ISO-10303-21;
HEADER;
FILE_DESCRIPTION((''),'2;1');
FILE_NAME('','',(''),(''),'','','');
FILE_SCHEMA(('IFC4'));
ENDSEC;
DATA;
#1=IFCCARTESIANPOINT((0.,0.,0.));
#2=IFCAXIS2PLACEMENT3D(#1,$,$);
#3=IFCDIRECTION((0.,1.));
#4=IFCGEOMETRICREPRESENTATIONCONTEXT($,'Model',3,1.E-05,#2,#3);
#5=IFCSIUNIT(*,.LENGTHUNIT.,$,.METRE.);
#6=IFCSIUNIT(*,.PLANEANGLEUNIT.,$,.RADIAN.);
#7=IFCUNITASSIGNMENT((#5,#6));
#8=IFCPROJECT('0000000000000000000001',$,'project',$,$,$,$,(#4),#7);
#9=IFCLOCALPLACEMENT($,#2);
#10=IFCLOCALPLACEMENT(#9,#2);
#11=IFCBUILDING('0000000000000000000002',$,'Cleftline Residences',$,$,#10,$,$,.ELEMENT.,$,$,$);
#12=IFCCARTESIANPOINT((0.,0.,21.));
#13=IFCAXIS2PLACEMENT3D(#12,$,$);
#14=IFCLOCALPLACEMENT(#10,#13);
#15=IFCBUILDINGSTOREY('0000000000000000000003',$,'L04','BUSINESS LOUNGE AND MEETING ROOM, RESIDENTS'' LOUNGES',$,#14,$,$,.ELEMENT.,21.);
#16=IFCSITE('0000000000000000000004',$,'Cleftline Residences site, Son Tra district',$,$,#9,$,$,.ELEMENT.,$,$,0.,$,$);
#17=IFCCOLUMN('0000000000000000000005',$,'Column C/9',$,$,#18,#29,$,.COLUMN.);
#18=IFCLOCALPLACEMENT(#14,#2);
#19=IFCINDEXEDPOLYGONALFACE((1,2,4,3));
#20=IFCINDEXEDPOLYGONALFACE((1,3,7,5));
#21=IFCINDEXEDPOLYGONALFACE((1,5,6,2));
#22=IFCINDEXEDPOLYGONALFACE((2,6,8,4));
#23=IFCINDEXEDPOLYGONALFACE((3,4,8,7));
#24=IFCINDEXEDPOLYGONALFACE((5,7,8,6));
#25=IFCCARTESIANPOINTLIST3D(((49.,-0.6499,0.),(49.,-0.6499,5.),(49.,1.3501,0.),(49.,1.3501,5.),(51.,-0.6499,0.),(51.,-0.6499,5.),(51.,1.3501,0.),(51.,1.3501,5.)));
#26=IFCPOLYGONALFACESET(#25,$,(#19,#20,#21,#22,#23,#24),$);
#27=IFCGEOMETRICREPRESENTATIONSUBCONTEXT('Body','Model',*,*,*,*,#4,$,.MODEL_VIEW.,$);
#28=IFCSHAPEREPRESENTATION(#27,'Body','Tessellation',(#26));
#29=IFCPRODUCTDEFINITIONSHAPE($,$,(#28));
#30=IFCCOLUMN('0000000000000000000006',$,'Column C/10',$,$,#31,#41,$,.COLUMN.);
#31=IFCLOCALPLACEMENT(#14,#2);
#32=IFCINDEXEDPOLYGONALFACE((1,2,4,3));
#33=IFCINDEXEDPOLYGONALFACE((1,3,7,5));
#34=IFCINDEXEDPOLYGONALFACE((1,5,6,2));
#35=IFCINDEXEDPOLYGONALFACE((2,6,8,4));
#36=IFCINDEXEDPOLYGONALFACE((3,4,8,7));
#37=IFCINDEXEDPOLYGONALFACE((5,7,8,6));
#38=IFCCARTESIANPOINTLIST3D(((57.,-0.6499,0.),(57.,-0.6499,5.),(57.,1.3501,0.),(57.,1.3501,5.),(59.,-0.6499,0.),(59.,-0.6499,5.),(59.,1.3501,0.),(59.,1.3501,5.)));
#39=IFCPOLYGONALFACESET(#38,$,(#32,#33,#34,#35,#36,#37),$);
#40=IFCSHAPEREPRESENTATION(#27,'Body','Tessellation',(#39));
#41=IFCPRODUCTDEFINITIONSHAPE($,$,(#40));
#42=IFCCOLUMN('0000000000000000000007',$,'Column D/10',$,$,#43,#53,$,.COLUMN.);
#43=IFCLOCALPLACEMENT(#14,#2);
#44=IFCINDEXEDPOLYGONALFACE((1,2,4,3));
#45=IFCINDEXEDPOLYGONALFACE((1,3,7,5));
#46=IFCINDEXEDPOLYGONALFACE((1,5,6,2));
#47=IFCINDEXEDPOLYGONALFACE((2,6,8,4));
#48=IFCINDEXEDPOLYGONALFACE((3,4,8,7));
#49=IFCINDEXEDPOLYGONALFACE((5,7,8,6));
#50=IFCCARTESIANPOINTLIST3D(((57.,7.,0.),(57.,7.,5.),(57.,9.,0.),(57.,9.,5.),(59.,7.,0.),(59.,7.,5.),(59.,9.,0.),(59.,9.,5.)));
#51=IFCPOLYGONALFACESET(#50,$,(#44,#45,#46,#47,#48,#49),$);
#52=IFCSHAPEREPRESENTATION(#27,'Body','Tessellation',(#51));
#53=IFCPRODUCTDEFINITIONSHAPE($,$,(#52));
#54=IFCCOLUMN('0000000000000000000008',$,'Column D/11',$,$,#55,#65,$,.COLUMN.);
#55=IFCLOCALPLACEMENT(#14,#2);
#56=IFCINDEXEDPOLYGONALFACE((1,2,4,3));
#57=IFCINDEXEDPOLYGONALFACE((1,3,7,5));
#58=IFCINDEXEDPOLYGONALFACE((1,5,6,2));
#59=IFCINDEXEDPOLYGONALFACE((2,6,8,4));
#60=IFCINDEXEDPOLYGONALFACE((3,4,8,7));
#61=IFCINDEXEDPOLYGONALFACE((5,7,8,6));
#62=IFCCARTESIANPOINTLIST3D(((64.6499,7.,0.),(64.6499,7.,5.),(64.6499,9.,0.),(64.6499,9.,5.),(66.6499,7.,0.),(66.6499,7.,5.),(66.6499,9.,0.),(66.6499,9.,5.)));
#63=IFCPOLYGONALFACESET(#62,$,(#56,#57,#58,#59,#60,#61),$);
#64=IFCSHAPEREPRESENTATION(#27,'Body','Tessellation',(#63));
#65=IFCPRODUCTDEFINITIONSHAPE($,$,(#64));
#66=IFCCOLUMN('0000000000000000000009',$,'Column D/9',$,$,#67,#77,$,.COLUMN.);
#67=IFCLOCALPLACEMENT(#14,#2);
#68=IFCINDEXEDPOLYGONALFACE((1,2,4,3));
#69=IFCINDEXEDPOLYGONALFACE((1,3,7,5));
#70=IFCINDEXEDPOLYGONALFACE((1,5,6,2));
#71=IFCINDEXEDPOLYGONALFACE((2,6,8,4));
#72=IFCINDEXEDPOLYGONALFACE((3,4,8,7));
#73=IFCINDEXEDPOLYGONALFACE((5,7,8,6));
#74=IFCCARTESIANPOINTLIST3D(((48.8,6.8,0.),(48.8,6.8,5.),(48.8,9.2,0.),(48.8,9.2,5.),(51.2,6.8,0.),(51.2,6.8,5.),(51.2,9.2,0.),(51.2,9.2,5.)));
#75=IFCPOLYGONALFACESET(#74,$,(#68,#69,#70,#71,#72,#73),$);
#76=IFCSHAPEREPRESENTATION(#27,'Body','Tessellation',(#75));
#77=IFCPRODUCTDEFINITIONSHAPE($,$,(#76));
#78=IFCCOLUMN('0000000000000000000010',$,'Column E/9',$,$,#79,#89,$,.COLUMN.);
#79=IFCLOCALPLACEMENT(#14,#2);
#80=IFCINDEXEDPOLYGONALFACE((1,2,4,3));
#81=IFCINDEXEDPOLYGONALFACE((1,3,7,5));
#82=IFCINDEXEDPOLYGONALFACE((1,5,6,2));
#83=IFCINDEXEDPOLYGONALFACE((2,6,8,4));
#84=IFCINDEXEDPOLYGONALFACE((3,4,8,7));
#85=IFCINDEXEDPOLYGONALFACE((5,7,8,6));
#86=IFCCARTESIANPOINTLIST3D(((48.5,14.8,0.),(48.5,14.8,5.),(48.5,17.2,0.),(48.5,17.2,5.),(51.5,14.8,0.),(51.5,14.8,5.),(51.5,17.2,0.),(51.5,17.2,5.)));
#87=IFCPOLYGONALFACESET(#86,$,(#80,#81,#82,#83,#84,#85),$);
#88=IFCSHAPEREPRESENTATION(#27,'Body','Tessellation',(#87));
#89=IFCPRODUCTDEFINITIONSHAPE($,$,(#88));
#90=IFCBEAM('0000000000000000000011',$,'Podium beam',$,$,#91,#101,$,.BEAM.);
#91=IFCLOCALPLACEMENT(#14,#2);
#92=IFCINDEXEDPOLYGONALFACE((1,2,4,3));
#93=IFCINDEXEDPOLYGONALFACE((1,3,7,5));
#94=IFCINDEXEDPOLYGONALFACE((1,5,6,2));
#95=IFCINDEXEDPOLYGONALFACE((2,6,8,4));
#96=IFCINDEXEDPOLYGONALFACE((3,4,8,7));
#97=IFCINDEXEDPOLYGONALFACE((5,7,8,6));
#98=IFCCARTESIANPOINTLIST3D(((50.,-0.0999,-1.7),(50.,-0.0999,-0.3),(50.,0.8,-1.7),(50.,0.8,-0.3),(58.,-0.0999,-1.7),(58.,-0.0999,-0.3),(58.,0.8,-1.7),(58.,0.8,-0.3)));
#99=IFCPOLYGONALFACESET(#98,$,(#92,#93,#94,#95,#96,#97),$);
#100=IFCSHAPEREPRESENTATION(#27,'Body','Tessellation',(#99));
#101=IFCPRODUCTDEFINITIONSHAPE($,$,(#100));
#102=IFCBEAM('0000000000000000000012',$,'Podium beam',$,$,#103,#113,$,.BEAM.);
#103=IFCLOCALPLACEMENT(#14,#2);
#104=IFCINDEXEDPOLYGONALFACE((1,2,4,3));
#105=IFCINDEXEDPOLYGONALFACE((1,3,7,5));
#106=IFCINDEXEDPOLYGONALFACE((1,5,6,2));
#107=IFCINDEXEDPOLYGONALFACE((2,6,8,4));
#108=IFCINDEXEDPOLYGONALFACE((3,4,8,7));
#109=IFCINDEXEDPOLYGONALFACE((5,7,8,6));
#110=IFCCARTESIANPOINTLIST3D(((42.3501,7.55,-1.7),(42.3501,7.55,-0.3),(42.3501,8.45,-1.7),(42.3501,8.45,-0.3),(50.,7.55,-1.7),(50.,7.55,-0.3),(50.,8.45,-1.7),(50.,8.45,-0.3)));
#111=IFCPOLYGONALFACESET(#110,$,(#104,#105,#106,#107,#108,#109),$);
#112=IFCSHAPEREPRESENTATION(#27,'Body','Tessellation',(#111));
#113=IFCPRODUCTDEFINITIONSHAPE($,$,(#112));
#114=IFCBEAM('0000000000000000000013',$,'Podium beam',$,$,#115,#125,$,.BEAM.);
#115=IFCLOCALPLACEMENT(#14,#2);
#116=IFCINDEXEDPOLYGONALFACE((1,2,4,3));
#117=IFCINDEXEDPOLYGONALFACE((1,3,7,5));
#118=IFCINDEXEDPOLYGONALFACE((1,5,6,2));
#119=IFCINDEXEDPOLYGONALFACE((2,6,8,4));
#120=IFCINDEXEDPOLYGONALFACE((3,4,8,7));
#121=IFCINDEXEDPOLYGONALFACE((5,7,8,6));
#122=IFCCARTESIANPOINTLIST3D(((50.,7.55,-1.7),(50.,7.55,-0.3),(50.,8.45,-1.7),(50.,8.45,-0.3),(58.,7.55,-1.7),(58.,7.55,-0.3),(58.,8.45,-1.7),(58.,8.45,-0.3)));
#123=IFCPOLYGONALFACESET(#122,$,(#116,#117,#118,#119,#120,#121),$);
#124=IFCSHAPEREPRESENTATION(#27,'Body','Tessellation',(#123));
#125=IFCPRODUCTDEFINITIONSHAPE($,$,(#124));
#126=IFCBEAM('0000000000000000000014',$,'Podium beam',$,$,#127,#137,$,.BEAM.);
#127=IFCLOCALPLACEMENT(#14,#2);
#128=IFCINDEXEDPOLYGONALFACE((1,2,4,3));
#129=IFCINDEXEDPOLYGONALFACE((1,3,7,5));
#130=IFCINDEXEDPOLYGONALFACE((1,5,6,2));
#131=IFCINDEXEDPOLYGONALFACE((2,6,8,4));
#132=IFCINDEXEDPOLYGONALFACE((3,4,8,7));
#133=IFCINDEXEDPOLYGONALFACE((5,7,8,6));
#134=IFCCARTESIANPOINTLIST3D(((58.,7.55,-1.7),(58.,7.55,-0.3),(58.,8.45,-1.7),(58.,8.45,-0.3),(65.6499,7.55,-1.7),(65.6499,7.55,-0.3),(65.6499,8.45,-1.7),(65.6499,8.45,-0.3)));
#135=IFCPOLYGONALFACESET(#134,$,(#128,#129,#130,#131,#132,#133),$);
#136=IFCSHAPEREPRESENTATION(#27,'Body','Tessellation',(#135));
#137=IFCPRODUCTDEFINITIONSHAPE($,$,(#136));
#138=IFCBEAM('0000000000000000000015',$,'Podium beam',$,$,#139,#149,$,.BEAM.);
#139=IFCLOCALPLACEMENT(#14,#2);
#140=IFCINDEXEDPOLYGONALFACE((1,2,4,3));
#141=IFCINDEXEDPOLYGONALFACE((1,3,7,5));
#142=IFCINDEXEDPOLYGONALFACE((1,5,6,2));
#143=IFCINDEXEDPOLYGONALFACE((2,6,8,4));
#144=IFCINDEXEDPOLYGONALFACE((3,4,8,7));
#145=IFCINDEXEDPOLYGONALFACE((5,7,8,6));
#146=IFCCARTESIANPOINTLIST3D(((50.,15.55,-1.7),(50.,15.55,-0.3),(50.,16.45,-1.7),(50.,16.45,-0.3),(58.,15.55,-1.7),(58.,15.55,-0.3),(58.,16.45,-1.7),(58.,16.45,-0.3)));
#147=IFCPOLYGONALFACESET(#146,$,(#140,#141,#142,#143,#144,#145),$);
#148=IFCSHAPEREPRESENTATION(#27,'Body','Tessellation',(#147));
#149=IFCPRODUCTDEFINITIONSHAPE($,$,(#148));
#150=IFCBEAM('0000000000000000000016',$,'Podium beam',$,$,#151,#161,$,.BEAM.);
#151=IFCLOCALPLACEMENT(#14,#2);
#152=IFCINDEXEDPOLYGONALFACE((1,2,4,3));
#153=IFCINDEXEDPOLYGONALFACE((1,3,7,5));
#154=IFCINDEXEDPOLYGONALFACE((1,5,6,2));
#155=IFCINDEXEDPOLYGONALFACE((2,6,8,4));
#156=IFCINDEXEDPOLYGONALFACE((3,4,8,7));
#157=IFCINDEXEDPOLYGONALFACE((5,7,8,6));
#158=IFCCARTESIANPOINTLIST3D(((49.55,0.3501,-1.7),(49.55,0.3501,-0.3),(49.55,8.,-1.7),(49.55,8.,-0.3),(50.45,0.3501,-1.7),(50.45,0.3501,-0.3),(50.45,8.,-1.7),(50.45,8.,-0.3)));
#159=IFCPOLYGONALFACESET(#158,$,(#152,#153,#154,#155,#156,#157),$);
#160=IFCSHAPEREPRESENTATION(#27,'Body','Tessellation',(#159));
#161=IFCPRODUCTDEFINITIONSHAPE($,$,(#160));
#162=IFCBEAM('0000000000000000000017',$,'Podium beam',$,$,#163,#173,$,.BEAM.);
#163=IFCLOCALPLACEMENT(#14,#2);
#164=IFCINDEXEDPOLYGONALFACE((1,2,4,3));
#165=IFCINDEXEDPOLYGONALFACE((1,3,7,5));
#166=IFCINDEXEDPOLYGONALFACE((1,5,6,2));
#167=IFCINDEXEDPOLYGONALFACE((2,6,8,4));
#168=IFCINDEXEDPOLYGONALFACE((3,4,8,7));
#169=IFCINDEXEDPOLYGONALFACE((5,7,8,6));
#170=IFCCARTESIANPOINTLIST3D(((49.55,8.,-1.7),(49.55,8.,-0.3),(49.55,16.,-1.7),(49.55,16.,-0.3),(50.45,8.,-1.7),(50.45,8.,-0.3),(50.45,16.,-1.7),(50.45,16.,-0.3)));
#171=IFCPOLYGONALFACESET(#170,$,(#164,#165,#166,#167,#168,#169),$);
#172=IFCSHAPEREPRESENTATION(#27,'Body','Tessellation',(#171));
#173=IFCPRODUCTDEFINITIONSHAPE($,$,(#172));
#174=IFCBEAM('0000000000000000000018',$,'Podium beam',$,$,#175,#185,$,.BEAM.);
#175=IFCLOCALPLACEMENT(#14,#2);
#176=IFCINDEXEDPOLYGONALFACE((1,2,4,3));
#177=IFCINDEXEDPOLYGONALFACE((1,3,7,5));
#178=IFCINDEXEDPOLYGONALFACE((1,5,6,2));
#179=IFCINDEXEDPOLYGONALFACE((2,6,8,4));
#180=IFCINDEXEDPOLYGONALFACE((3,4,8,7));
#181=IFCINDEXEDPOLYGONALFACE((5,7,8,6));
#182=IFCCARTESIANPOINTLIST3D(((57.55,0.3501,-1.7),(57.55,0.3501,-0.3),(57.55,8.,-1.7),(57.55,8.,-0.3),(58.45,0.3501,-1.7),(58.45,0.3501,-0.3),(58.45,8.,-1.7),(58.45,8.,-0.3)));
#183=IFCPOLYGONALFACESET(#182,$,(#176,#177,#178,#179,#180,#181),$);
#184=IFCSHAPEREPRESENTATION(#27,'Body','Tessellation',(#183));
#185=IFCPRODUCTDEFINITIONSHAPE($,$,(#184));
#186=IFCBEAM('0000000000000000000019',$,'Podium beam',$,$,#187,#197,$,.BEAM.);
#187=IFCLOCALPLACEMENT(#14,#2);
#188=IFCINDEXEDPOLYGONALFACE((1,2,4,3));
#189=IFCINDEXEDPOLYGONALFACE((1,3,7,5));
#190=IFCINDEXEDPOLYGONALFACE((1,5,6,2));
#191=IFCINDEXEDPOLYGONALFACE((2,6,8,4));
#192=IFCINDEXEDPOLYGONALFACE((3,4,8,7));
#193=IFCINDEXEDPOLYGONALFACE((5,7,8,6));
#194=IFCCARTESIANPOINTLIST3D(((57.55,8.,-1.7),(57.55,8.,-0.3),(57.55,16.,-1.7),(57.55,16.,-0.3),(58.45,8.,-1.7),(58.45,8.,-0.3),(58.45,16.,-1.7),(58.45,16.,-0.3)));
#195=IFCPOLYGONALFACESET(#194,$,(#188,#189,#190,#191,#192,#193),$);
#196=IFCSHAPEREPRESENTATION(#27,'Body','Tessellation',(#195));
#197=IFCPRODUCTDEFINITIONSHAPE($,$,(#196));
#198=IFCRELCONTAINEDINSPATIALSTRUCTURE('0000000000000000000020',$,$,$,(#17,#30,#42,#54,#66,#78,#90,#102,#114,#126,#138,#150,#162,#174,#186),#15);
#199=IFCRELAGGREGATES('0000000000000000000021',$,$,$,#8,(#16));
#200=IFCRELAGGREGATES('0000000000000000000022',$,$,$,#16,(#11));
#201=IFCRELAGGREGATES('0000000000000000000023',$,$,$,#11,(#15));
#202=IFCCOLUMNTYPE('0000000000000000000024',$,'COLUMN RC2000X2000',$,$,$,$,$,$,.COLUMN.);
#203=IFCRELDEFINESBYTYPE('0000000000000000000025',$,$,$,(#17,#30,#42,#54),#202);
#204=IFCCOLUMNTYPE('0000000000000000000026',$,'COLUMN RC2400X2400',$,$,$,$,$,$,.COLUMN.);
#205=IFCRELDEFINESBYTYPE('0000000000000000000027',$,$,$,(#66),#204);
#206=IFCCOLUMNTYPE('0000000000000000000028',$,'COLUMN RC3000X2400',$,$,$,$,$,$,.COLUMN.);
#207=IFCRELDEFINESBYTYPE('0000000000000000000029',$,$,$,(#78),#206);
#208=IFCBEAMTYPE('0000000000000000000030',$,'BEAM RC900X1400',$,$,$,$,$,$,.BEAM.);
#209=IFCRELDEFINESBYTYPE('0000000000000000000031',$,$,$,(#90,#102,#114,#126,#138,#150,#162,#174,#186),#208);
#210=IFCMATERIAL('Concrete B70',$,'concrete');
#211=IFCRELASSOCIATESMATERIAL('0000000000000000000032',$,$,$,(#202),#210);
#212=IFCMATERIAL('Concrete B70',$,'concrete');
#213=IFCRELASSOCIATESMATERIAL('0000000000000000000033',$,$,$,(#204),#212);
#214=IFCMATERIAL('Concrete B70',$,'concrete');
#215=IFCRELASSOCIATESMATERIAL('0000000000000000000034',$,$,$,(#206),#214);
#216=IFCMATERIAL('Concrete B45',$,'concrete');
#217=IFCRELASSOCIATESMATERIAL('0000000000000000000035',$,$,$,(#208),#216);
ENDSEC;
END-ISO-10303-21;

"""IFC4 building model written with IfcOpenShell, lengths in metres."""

from ifc_helpers import new_model, si_unit, direction, frame, origin, origin_2d, place, context, subcontext, project, spatial, rectangle, extrude, material, material_profile, profile_set, type_object, element, save


model = new_model("IFC4")

# Units and contexts
model_context = context("Model", 3, precision=1e-05, world=origin(), true_north=direction((0.0, 1.0)))
body_context = subcontext(model_context, "Body", "Model", "MODEL_VIEW")
ifc_project = project(units=[si_unit("LENGTHUNIT", "METRE"), si_unit("PLANEANGLEUNIT", "RADIAN")], contexts=[model_context])

# Site, building, storey
site_placement = place(None, origin())
site = spatial("IfcSite", under=ifc_project, at=site_placement, Name="Cleftline Residences site, Son Tra district", CompositionType="ELEMENT", RefElevation=0.0)
building_placement = place(site_placement, origin())
building = spatial("IfcBuilding", under=site, at=building_placement, Name="Cleftline Residences", CompositionType="ELEMENT")
storey_placement = place(building_placement, frame((0.0, 0.0, 21.0)))
storey = spatial("IfcBuildingStorey", under=building, at=storey_placement, Name="L04", Description="BUSINESS LOUNGE AND MEETING ROOM, RESIDENTS' LOUNGES", CompositionType="ELEMENT", Elevation=21.0)

# Columns
ifc_material_1 = material(Name="Concrete B70", Category="concrete")
ifc_material_profile_1 = material_profile(ifc_material_1, rectangle(XDim=2.0, YDim=2.0, at=origin_2d()))
ifc_profile_set_1 = profile_set([ifc_material_profile_1], Name="Concrete B70")
column_type_1 = type_object("IfcColumnType", Name="COLUMN RC2000X2000", PredefinedType="COLUMN", material=ifc_profile_set_1)
for number, where, z_axis, x_axis, name in (
    (1, (50.0, 0.3501, 0.0), (0.0, 0.0, 1.0), (1.0, 0.0, 0.0), "Column C/9"),
    (2, (58.0, 0.3501, 0.0), (0.0, 0.0, 1.0), (1.0, 0.0, 0.0), "Column C/10"),
    (3, (58.0, 8.0, 0.0), (0.0, 0.0, 1.0), (1.0, 0.0, 0.0), "Column D/10"),
    (4, (65.6499, 8.0, 0.0), (0.0, 0.0, 1.0), (1.0, 0.0, 0.0), "Column D/11"),
):
    element("IfcColumn", number, at=place(storey_placement, frame(where, z_axis=z_axis, x_axis=x_axis)), inside=storey, type_object=column_type_1, Name=name, PredefinedType="COLUMN", context=body_context, shape_type="SweptSolid", body=[
        extrude(rectangle(XDim=2.0, YDim=2.0, at=origin_2d()), origin(), (0.0, 0.0, 1.0), 5.0),
    ])
ifc_material_2 = material(Name="Concrete B70", Category="concrete")
ifc_material_profile_2 = material_profile(ifc_material_2, rectangle(XDim=2.3999, YDim=2.3999, at=origin_2d()))
ifc_profile_set_2 = profile_set([ifc_material_profile_2], Name="Concrete B70")
column_type_2 = type_object("IfcColumnType", Name="COLUMN RC2400X2400", PredefinedType="COLUMN", material=ifc_profile_set_2)
column_1_placement = place(storey_placement, frame((50.0, 8.0, 0.0), z_axis=(0.0, 0.0, 1.0), x_axis=(1.0, 0.0, 0.0)))
element("IfcColumn", 5, at=column_1_placement, inside=storey, type_object=column_type_2, Name="Column D/9", PredefinedType="COLUMN", context=body_context, shape_type="SweptSolid", body=[
    extrude(rectangle(XDim=2.3999, YDim=2.3999, at=origin_2d()), origin(), (0.0, 0.0, 1.0), 5.0),
])
ifc_material_3 = material(Name="Concrete B70", Category="concrete")
ifc_material_profile_3 = material_profile(ifc_material_3, rectangle(XDim=3.0, YDim=2.3999, at=origin_2d()))
ifc_profile_set_3 = profile_set([ifc_material_profile_3], Name="Concrete B70")
column_type_3 = type_object("IfcColumnType", Name="COLUMN RC3000X2400", PredefinedType="COLUMN", material=ifc_profile_set_3)
column_2_placement = place(storey_placement, frame((50.0, 16.0, 0.0), z_axis=(0.0, 0.0, 1.0), x_axis=(1.0, 0.0, 0.0)))
element("IfcColumn", 6, at=column_2_placement, inside=storey, type_object=column_type_3, Name="Column E/9", PredefinedType="COLUMN", context=body_context, shape_type="SweptSolid", body=[
    extrude(rectangle(XDim=3.0, YDim=2.3999, at=origin_2d()), origin(), (0.0, 0.0, 1.0), 5.0),
])

# Beams
ifc_material_4 = material(Name="Concrete B45", Category="concrete")
ifc_material_profile_4 = material_profile(ifc_material_4, rectangle(XDim=0.8999, YDim=1.3999, at=origin_2d()))
ifc_profile_set_4 = profile_set([ifc_material_profile_4], Name="Concrete B45")
beam_type = type_object("IfcBeamType", Name="BEAM RC900X1400", PredefinedType="BEAM", material=ifc_profile_set_4)
beam_1_placement = place(storey_placement, frame((50.0, 0.3501, -1.0), z_axis=(1.0, 0.0, 0.0), x_axis=(0.0, 1.0, 0.0)))
element("IfcBeam", 7, at=beam_1_placement, inside=storey, type_object=beam_type, Name="Podium beam", PredefinedType="BEAM", context=body_context, shape_type="SweptSolid", body=[
    extrude(rectangle(XDim=0.8999, YDim=1.3999, at=origin_2d()), origin(), (0.0, 0.0, 1.0), 8.0),
])
beam_2_placement = place(storey_placement, frame((42.3501, 8.0, -1.0), z_axis=(1.0, 0.0, 0.0), x_axis=(0.0, 1.0, 0.0)))
element("IfcBeam", 8, at=beam_2_placement, inside=storey, type_object=beam_type, Name="Podium beam", PredefinedType="BEAM", context=body_context, shape_type="SweptSolid", body=[
    extrude(rectangle(XDim=0.8999, YDim=1.3999, at=origin_2d()), origin(), (0.0, 0.0, 1.0), 7.6499),
])
beam_3_placement = place(storey_placement, frame((50.0, 8.0, -1.0), z_axis=(1.0, 0.0, 0.0), x_axis=(0.0, 1.0, 0.0)))
element("IfcBeam", 9, at=beam_3_placement, inside=storey, type_object=beam_type, Name="Podium beam", PredefinedType="BEAM", context=body_context, shape_type="SweptSolid", body=[
    extrude(rectangle(XDim=0.8999, YDim=1.3999, at=origin_2d()), origin(), (0.0, 0.0, 1.0), 8.0),
])
beam_4_placement = place(storey_placement, frame((58.0, 8.0, -1.0), z_axis=(1.0, 0.0, 0.0), x_axis=(0.0, 1.0, 0.0)))
element("IfcBeam", 10, at=beam_4_placement, inside=storey, type_object=beam_type, Name="Podium beam", PredefinedType="BEAM", context=body_context, shape_type="SweptSolid", body=[
    extrude(rectangle(XDim=0.8999, YDim=1.3999, at=origin_2d()), origin(), (0.0, 0.0, 1.0), 7.6499),
])
beam_5_placement = place(storey_placement, frame((50.0, 16.0, -1.0), z_axis=(1.0, 0.0, 0.0), x_axis=(0.0, 1.0, 0.0)))
element("IfcBeam", 11, at=beam_5_placement, inside=storey, type_object=beam_type, Name="Podium beam", PredefinedType="BEAM", context=body_context, shape_type="SweptSolid", body=[
    extrude(rectangle(XDim=0.8999, YDim=1.3999, at=origin_2d()), origin(), (0.0, 0.0, 1.0), 8.0),
])
beam_6_placement = place(storey_placement, frame((50.0, 0.3501, -1.0), z_axis=(0.0, 1.0, 0.0), x_axis=(-1.0, 0.0, 0.0)))
element("IfcBeam", 12, at=beam_6_placement, inside=storey, type_object=beam_type, Name="Podium beam", PredefinedType="BEAM", context=body_context, shape_type="SweptSolid", body=[
    extrude(rectangle(XDim=0.8999, YDim=1.3999, at=origin_2d()), origin(), (0.0, 0.0, 1.0), 7.6499),
])
beam_7_placement = place(storey_placement, frame((50.0, 8.0, -1.0), z_axis=(0.0, 1.0, 0.0), x_axis=(-1.0, 0.0, 0.0)))
element("IfcBeam", 13, at=beam_7_placement, inside=storey, type_object=beam_type, Name="Podium beam", PredefinedType="BEAM", context=body_context, shape_type="SweptSolid", body=[
    extrude(rectangle(XDim=0.8999, YDim=1.3999, at=origin_2d()), origin(), (0.0, 0.0, 1.0), 8.0),
])
beam_8_placement = place(storey_placement, frame((58.0, 0.3501, -1.0), z_axis=(0.0, 1.0, 0.0), x_axis=(-1.0, 0.0, 0.0)))
element("IfcBeam", 14, at=beam_8_placement, inside=storey, type_object=beam_type, Name="Podium beam", PredefinedType="BEAM", context=body_context, shape_type="SweptSolid", body=[
    extrude(rectangle(XDim=0.8999, YDim=1.3999, at=origin_2d()), origin(), (0.0, 0.0, 1.0), 7.6499),
])
for number, where, z_axis, x_axis, name in (
    (15, (58.0, 8.0, -1.0), (0.0, 1.0, 0.0), (-1.0, 0.0, 0.0), "Podium beam"),
):
    element("IfcBeam", number, at=place(storey_placement, frame(where, z_axis=z_axis, x_axis=x_axis)), inside=storey, type_object=beam_type, Name=name, PredefinedType="BEAM", context=body_context, shape_type="SweptSolid", body=[
        extrude(rectangle(XDim=0.8999, YDim=1.3999, at=origin_2d()), origin(), (0.0, 0.0, 1.0), 8.0),
    ])

save(model, "model.ifc")
